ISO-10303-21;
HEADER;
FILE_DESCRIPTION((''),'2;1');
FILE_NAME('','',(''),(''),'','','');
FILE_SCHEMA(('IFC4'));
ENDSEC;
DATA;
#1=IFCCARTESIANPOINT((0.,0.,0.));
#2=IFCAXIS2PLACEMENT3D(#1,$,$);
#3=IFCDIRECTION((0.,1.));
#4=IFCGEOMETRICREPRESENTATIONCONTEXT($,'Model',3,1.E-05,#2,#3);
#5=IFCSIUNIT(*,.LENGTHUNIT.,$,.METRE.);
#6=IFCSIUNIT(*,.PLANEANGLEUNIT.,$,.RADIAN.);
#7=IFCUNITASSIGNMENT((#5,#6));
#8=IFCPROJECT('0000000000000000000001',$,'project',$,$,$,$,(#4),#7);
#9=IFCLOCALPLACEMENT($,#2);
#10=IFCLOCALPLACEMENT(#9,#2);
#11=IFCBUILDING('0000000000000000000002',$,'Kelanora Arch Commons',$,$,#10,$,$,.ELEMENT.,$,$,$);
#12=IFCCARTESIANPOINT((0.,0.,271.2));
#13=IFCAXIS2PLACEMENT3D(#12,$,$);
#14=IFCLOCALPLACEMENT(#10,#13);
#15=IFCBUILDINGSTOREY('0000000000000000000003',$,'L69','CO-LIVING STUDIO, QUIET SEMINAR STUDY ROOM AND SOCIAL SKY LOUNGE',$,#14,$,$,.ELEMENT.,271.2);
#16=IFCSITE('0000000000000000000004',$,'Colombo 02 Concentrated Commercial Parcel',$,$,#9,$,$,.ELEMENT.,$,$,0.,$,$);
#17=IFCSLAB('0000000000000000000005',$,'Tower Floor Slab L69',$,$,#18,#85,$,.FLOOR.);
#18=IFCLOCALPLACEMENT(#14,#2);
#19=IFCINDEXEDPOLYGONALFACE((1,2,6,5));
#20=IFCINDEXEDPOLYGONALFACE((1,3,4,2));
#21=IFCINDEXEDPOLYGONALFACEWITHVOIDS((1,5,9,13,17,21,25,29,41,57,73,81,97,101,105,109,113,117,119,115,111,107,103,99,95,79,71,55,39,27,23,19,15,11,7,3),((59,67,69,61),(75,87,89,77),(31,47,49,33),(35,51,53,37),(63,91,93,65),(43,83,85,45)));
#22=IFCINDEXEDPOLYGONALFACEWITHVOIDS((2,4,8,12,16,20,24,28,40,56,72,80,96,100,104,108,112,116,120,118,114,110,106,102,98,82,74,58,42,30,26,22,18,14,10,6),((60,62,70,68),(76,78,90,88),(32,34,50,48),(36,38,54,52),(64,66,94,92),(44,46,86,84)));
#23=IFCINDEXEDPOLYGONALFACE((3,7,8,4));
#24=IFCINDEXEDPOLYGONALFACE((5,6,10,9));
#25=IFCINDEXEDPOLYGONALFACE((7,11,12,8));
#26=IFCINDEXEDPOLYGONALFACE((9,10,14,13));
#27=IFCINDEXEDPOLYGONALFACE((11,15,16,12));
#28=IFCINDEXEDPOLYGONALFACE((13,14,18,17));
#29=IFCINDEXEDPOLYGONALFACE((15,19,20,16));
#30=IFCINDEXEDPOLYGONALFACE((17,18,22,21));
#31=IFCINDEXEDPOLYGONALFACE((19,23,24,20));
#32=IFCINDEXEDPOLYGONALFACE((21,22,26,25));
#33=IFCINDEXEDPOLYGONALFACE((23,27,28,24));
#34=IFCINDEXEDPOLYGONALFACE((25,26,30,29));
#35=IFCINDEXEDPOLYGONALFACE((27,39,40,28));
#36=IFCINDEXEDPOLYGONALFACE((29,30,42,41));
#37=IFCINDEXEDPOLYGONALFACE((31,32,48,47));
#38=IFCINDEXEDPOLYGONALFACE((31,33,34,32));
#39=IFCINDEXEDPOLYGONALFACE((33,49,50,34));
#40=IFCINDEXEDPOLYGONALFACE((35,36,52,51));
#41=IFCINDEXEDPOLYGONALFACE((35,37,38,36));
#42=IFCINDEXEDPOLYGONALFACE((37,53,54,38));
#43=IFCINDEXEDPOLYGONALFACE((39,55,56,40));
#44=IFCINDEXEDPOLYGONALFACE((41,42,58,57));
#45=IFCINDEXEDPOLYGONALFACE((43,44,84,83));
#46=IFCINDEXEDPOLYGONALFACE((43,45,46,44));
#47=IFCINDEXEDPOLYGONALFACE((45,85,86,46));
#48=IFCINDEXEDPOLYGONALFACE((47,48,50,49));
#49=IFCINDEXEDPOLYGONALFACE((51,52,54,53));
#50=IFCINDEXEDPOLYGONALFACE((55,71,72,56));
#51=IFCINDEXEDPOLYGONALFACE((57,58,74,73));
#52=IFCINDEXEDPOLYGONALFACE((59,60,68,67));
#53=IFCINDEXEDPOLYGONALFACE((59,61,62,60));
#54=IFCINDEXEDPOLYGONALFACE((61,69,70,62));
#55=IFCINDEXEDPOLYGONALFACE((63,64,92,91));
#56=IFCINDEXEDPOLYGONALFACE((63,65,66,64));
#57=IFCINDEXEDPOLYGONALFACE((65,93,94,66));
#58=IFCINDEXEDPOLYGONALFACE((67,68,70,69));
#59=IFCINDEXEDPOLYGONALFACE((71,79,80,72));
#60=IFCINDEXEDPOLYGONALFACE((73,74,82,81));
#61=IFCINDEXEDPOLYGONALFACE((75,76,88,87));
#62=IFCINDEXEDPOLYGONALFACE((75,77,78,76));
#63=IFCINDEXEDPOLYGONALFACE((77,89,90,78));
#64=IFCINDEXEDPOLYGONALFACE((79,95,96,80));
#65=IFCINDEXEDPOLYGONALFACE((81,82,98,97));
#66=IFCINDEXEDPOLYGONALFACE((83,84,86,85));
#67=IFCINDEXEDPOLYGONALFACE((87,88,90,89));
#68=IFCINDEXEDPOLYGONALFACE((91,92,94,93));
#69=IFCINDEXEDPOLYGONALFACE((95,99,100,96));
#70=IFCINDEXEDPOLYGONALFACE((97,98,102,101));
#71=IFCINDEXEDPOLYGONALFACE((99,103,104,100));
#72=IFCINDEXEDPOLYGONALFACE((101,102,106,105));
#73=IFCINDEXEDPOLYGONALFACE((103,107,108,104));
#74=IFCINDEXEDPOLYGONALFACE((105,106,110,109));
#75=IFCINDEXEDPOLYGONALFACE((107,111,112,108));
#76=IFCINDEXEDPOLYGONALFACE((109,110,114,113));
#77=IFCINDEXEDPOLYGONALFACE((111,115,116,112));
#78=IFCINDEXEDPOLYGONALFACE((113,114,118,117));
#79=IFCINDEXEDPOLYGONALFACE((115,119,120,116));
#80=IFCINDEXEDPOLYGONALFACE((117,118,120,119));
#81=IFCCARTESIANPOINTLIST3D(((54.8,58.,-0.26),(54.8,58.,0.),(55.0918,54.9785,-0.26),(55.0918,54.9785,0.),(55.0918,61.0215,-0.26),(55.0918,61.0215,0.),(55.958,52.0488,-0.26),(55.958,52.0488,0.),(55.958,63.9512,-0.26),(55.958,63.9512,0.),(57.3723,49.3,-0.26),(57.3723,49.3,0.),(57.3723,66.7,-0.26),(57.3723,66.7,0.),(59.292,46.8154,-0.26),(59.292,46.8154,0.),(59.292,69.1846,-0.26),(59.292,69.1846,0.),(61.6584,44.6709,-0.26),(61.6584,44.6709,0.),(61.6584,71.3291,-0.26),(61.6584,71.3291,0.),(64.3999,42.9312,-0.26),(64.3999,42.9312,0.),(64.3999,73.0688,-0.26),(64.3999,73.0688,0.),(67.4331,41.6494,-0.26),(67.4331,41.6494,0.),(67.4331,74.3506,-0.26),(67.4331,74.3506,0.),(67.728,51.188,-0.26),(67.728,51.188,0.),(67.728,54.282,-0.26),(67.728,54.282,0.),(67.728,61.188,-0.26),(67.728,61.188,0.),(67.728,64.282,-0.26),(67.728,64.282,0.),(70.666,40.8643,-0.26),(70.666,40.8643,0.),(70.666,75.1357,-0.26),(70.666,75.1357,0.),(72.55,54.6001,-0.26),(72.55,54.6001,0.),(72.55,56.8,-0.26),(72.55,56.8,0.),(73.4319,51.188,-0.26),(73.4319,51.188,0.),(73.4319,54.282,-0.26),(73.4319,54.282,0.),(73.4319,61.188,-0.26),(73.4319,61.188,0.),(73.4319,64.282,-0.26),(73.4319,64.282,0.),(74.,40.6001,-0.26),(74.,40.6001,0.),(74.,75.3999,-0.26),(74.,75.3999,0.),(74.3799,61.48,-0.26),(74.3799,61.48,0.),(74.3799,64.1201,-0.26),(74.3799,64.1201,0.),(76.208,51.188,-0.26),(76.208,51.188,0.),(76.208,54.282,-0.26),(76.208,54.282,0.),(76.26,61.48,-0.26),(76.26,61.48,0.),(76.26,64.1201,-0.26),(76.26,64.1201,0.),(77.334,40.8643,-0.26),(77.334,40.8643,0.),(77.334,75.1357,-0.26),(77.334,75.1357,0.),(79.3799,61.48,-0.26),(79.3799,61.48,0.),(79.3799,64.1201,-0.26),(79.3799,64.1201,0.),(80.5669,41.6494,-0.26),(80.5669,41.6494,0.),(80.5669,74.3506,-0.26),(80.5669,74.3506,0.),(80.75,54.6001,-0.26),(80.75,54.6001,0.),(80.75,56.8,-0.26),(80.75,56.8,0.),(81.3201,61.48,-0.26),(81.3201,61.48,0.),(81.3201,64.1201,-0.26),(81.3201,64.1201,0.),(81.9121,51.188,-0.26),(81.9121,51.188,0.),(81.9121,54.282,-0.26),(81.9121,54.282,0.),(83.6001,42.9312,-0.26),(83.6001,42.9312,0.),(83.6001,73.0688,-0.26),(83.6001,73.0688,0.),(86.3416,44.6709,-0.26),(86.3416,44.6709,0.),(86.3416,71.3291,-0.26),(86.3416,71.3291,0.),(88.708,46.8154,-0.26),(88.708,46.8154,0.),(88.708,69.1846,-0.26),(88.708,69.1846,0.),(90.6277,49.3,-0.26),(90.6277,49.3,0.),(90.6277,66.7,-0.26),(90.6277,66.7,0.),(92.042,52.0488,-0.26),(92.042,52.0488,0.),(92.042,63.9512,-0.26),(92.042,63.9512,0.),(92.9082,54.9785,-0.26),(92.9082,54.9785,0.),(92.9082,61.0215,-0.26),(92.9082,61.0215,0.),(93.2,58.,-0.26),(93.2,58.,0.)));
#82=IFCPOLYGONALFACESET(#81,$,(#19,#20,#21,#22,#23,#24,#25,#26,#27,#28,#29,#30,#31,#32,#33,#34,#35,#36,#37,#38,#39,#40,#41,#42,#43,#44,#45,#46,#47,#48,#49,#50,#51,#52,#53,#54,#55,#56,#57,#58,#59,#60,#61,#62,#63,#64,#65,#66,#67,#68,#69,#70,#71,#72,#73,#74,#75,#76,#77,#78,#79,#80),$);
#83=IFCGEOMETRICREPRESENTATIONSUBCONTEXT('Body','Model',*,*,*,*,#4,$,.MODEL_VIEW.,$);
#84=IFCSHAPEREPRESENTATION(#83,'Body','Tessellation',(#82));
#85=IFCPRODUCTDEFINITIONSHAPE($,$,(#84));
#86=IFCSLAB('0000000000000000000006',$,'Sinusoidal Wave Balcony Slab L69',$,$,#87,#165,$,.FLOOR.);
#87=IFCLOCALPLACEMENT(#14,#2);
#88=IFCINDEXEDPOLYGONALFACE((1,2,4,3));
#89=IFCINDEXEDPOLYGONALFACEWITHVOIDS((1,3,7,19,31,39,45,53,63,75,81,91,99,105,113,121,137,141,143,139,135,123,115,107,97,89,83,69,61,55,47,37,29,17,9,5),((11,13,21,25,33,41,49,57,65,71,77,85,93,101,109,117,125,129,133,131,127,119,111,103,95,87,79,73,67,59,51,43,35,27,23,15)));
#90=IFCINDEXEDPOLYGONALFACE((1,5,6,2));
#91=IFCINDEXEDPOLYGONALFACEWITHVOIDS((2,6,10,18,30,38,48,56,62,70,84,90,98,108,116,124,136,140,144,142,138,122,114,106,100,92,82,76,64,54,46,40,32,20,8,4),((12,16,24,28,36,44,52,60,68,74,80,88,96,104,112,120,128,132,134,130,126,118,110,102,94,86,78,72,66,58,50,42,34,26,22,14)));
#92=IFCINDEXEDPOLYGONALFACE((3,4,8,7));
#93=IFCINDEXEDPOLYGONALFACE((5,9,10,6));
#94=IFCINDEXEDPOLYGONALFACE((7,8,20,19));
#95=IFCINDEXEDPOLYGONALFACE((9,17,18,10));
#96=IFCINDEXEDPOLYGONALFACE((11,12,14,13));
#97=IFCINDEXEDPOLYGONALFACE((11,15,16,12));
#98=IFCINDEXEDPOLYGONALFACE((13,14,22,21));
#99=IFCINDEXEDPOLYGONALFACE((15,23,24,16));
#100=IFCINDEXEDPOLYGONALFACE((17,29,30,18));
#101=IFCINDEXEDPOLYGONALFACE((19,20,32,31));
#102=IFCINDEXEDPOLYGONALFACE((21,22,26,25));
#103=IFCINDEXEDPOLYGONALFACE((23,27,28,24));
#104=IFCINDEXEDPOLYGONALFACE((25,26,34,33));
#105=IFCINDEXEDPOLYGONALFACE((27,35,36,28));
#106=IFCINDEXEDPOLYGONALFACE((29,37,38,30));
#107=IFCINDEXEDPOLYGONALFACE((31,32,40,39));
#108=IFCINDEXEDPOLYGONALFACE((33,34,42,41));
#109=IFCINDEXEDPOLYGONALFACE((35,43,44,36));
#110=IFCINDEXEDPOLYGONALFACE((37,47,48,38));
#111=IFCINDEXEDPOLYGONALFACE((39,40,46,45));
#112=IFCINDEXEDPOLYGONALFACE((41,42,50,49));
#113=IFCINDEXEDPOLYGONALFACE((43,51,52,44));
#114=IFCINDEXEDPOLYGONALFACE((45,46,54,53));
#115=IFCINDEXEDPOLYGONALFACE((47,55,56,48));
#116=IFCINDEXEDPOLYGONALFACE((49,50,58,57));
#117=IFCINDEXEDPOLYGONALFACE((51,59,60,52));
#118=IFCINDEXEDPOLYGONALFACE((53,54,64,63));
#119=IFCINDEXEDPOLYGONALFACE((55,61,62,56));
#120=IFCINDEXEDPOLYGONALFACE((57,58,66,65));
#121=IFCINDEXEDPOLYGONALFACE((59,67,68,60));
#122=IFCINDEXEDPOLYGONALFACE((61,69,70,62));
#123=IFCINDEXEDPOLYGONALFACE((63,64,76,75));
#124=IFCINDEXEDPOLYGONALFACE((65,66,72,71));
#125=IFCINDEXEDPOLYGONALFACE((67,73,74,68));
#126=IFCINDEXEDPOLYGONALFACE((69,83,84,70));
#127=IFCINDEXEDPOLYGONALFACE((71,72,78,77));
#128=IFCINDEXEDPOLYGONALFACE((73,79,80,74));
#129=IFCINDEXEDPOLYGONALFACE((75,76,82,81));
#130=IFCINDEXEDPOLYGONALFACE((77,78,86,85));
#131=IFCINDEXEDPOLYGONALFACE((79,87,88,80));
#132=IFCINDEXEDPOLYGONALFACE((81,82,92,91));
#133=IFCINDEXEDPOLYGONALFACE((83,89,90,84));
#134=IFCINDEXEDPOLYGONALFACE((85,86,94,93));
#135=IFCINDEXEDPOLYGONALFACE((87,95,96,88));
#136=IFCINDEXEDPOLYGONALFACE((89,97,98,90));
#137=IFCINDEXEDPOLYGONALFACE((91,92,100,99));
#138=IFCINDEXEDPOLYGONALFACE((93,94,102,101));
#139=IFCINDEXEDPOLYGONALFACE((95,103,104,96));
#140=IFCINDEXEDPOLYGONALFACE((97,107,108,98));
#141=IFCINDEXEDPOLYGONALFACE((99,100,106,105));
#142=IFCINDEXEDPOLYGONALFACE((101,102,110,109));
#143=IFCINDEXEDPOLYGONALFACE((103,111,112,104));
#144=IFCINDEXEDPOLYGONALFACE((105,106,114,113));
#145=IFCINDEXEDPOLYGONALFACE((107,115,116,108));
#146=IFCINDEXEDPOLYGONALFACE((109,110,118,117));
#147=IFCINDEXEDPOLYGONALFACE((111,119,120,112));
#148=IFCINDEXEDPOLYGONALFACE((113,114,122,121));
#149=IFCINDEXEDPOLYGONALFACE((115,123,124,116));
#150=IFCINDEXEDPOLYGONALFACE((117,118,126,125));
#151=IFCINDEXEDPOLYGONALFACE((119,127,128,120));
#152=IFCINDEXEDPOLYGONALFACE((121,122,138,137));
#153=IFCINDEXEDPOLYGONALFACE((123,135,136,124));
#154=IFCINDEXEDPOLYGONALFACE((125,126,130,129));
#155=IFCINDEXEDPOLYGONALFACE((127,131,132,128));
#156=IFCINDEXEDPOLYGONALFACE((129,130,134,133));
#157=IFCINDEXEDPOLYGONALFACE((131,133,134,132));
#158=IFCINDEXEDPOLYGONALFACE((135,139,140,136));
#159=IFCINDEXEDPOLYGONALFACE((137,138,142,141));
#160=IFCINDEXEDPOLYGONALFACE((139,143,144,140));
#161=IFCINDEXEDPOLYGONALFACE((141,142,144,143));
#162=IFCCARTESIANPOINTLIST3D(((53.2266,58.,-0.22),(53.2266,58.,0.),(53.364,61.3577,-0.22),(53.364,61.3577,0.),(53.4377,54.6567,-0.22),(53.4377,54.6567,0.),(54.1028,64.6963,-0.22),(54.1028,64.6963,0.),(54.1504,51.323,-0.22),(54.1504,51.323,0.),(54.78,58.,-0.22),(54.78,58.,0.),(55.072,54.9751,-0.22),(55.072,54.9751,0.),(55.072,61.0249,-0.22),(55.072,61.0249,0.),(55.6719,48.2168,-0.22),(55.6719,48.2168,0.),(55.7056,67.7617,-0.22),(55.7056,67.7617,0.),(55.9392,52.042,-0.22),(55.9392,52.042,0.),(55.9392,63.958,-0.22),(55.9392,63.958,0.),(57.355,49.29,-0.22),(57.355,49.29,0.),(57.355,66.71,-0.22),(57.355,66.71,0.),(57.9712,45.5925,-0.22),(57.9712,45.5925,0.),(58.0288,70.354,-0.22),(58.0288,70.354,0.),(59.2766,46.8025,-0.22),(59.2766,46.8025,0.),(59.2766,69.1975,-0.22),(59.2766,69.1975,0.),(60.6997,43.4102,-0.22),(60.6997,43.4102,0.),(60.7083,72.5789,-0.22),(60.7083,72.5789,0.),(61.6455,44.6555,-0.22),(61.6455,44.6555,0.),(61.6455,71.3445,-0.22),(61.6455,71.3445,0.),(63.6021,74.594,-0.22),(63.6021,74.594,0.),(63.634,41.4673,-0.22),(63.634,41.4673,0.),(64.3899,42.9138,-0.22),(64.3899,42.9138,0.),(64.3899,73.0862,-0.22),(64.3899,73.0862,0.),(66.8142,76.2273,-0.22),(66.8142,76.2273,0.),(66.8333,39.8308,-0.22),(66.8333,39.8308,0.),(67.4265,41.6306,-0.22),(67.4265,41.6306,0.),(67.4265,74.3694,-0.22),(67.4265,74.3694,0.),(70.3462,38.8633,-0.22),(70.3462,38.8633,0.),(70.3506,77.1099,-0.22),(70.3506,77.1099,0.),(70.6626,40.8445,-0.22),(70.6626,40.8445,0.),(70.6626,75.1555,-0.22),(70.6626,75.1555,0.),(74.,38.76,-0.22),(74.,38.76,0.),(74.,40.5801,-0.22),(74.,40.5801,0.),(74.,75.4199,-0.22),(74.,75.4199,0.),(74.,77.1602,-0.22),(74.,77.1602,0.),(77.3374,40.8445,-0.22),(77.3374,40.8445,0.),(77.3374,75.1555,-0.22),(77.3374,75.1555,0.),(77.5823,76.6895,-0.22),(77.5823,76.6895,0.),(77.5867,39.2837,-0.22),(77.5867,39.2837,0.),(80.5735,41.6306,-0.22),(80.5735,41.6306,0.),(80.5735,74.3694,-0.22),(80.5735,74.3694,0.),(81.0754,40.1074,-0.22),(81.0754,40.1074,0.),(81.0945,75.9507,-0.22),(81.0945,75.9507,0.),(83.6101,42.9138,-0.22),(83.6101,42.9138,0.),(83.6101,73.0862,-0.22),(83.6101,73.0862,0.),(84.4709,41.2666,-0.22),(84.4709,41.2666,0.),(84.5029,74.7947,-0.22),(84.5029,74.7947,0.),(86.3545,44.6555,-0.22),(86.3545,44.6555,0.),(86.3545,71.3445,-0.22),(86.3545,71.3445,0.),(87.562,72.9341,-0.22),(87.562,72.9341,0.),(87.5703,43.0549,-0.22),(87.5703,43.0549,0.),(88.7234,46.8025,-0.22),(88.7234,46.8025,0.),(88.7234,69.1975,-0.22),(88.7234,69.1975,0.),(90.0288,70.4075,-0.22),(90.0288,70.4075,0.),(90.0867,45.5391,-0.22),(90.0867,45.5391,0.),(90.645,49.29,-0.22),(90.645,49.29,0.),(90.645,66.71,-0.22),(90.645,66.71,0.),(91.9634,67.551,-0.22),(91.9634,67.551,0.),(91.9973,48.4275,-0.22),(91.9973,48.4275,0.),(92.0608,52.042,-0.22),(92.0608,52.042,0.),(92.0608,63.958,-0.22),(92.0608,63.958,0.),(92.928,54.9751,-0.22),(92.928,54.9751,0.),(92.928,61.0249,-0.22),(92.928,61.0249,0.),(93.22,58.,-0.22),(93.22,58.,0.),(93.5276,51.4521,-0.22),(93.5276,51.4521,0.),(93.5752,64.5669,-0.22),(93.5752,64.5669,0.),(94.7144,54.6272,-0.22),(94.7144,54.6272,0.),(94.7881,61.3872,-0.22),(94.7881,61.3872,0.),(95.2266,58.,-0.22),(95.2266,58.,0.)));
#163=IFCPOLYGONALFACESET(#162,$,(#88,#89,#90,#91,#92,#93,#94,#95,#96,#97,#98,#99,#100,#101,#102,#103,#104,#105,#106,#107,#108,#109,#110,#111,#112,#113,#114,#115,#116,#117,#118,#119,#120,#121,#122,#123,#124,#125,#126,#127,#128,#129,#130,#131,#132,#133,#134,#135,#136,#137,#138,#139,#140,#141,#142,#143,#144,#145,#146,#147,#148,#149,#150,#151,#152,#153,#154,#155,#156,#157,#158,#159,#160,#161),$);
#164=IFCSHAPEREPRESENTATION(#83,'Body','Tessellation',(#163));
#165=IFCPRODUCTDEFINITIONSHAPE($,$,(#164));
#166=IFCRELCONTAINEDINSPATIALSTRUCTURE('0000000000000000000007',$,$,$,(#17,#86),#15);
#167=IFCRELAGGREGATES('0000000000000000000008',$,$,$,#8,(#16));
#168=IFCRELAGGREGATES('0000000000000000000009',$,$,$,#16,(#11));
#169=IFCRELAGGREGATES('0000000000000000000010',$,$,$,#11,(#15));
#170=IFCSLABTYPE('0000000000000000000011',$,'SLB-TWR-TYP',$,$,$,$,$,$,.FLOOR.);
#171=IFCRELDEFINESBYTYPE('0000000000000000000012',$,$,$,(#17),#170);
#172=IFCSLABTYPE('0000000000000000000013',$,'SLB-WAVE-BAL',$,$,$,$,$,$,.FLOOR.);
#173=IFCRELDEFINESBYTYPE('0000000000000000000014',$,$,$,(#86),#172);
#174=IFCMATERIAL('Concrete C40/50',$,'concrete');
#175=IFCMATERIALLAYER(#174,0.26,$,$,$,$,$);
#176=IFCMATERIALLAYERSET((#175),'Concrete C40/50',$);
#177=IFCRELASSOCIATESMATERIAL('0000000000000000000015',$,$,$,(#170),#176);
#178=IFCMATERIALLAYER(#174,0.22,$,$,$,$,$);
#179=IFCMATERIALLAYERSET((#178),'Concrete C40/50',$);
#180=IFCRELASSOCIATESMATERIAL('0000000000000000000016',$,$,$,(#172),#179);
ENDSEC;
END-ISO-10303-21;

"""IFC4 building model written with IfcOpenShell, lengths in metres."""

from ifc_helpers import new_model, si_unit, direction, frame, origin, place, context, subcontext, project, spatial, polyline, outline, extrude, material, layer, layer_set, type_object, element, save


model = new_model("IFC4")

# Units and contexts
model_context = context("Model", 3, precision=1e-05, world=origin(), true_north=direction((0.0, 1.0)))
body_context = subcontext(model_context, "Body", "Model", "MODEL_VIEW")
ifc_project = project(units=[si_unit("LENGTHUNIT", "METRE"), si_unit("PLANEANGLEUNIT", "RADIAN")], contexts=[model_context])

# Site, building, storey
site_placement = place(None, origin())
site = spatial("IfcSite", under=ifc_project, at=site_placement, Name="Colombo 02 Concentrated Commercial Parcel", CompositionType="ELEMENT", RefElevation=0.0)
building_placement = place(site_placement, origin())
building = spatial("IfcBuilding", under=site, at=building_placement, Name="Kelanora Arch Commons", CompositionType="ELEMENT")
storey_placement = place(building_placement, frame((0.0, 0.0, 271.2)))
storey = spatial("IfcBuildingStorey", under=building, at=storey_placement, Name="L69", Description="CO-LIVING STUDIO, QUIET SEMINAR STUDY ROOM AND SOCIAL SKY LOUNGE", CompositionType="ELEMENT", Elevation=271.2)

# Shared definitions
ifc_material_1 = material(Name="Concrete C40/50", Category="concrete")

# Slabs
ifc_layer_1 = layer(ifc_material_1, 0.26)
ifc_layer_set_1 = layer_set([ifc_layer_1], Name="Concrete C40/50")
slab_type_1 = type_object("IfcSlabType", Name="SLB-TWR-TYP", PredefinedType="FLOOR", material=ifc_layer_set_1)
slab_1_placement = place(storey_placement, frame((0.0, 0.0, -0.26)))
element("IfcSlab", 1, at=slab_1_placement, inside=storey, type_object=slab_type_1, Name="Tower Floor Slab L69", PredefinedType="FLOOR", context=body_context, shape_type="SweptSolid", body=[
    extrude(outline(polyline([(93.2, 58.0), (92.9082, 61.0215), (92.042, 63.9512), (90.6277, 66.7), (88.708, 69.1846), (86.3416, 71.3291), (83.6001, 73.0688), (80.5669, 74.3506), (77.334, 75.1357), (74.0, 75.3999), (70.666, 75.1357), (67.4331, 74.3506), (64.3999, 73.0688), (61.6584, 71.3291), (59.292, 69.1846), (57.3723, 66.7), (55.958, 63.9512), (55.0918, 61.0215), (54.8, 58.0), (55.0918, 54.9785), (55.958, 52.0488), (57.3723, 49.3), (59.292, 46.8154), (61.6584, 44.6709), (64.3999, 42.9312), (67.4331, 41.6494), (70.666, 40.8643), (74.0, 40.6001), (77.334, 40.8643), (80.5669, 41.6494), (83.6001, 42.9312), (86.3416, 44.6709), (88.708, 46.8154), (90.6277, 49.3), (92.042, 52.0488), (92.9082, 54.9785), (93.2, 58.0)]), holes=[polyline([(73.4319, 51.188), (67.728, 51.188), (67.728, 54.282), (73.4319, 54.282), (73.4319, 51.188)]), polyline([(76.208, 51.188), (76.208, 54.282), (81.9121, 54.282), (81.9121, 51.188), (76.208, 51.188)]), polyline([(72.55, 54.6001), (72.55, 56.8), (80.75, 56.8), (80.75, 54.6001), (72.55, 54.6001)]), polyline([(73.4319, 61.188), (67.728, 61.188), (67.728, 64.282), (73.4319, 64.282), (73.4319, 61.188)]), polyline([(74.3799, 61.48), (74.3799, 64.1201), (76.26, 64.1201), (76.26, 61.48), (74.3799, 61.48)]), polyline([(79.3799, 61.48), (79.3799, 64.1201), (81.3201, 64.1201), (81.3201, 61.48), (79.3799, 61.48)])]), origin(), (0.0, 0.0, 1.0), 0.26),
])
ifc_layer_2 = layer(ifc_material_1, 0.22)
ifc_layer_set_2 = layer_set([ifc_layer_2], Name="Concrete C40/50")
slab_type_2 = type_object("IfcSlabType", Name="SLB-WAVE-BAL", PredefinedType="FLOOR", material=ifc_layer_set_2)
slab_2_placement = place(storey_placement, frame((0.0, 0.0, -0.22)))
element("IfcSlab", 2, at=slab_2_placement, inside=storey, type_object=slab_type_2, Name="Sinusoidal Wave Balcony Slab L69", PredefinedType="FLOOR", context=body_context, shape_type="SweptSolid", body=[
    extrude(outline(polyline([(95.2266, 58.0), (94.7881, 61.3872), (93.5752, 64.5669), (91.9634, 67.551), (90.0288, 70.4075), (87.562, 72.9341), (84.5029, 74.7947), (81.0945, 75.9507), (77.5823, 76.6895), (74.0, 77.1602), (70.3506, 77.1099), (66.8142, 76.2273), (63.6021, 74.594), (60.7083, 72.5789), (58.0288, 70.354), (55.7056, 67.7617), (54.1028, 64.6963), (53.364, 61.3577), (53.2266, 58.0), (53.4377, 54.6567), (54.1504, 51.323), (55.6719, 48.2168), (57.9712, 45.5925), (60.6997, 43.4102), (63.634, 41.4673), (66.8333, 39.8308), (70.3462, 38.8633), (74.0, 38.76), (77.5867, 39.2837), (81.0754, 40.1074), (84.4709, 41.2666), (87.5703, 43.0549), (90.0867, 45.5391), (91.9973, 48.4275), (93.5276, 51.4521), (94.7144, 54.6272), (95.2266, 58.0)]), holes=[polyline([(92.928, 54.9751), (92.0608, 52.042), (90.645, 49.29), (88.7234, 46.8025), (86.3545, 44.6555), (83.6101, 42.9138), (80.5735, 41.6306), (77.3374, 40.8445), (74.0, 40.5801), (70.6626, 40.8445), (67.4265, 41.6306), (64.3899, 42.9138), (61.6455, 44.6555), (59.2766, 46.8025), (57.355, 49.29), (55.9392, 52.042), (55.072, 54.9751), (54.78, 58.0), (55.072, 61.0249), (55.9392, 63.958), (57.355, 66.71), (59.2766, 69.1975), (61.6455, 71.3445), (64.3899, 73.0862), (67.4265, 74.3694), (70.6626, 75.1555), (74.0, 75.4199), (77.3374, 75.1555), (80.5735, 74.3694), (83.6101, 73.0862), (86.3545, 71.3445), (88.7234, 69.1975), (90.645, 66.71), (92.0608, 63.958), (92.928, 61.0249), (93.22, 58.0), (92.928, 54.9751)])]), origin(), (0.0, 0.0, 1.0), 0.22),
])

save(model, "model.ifc")
